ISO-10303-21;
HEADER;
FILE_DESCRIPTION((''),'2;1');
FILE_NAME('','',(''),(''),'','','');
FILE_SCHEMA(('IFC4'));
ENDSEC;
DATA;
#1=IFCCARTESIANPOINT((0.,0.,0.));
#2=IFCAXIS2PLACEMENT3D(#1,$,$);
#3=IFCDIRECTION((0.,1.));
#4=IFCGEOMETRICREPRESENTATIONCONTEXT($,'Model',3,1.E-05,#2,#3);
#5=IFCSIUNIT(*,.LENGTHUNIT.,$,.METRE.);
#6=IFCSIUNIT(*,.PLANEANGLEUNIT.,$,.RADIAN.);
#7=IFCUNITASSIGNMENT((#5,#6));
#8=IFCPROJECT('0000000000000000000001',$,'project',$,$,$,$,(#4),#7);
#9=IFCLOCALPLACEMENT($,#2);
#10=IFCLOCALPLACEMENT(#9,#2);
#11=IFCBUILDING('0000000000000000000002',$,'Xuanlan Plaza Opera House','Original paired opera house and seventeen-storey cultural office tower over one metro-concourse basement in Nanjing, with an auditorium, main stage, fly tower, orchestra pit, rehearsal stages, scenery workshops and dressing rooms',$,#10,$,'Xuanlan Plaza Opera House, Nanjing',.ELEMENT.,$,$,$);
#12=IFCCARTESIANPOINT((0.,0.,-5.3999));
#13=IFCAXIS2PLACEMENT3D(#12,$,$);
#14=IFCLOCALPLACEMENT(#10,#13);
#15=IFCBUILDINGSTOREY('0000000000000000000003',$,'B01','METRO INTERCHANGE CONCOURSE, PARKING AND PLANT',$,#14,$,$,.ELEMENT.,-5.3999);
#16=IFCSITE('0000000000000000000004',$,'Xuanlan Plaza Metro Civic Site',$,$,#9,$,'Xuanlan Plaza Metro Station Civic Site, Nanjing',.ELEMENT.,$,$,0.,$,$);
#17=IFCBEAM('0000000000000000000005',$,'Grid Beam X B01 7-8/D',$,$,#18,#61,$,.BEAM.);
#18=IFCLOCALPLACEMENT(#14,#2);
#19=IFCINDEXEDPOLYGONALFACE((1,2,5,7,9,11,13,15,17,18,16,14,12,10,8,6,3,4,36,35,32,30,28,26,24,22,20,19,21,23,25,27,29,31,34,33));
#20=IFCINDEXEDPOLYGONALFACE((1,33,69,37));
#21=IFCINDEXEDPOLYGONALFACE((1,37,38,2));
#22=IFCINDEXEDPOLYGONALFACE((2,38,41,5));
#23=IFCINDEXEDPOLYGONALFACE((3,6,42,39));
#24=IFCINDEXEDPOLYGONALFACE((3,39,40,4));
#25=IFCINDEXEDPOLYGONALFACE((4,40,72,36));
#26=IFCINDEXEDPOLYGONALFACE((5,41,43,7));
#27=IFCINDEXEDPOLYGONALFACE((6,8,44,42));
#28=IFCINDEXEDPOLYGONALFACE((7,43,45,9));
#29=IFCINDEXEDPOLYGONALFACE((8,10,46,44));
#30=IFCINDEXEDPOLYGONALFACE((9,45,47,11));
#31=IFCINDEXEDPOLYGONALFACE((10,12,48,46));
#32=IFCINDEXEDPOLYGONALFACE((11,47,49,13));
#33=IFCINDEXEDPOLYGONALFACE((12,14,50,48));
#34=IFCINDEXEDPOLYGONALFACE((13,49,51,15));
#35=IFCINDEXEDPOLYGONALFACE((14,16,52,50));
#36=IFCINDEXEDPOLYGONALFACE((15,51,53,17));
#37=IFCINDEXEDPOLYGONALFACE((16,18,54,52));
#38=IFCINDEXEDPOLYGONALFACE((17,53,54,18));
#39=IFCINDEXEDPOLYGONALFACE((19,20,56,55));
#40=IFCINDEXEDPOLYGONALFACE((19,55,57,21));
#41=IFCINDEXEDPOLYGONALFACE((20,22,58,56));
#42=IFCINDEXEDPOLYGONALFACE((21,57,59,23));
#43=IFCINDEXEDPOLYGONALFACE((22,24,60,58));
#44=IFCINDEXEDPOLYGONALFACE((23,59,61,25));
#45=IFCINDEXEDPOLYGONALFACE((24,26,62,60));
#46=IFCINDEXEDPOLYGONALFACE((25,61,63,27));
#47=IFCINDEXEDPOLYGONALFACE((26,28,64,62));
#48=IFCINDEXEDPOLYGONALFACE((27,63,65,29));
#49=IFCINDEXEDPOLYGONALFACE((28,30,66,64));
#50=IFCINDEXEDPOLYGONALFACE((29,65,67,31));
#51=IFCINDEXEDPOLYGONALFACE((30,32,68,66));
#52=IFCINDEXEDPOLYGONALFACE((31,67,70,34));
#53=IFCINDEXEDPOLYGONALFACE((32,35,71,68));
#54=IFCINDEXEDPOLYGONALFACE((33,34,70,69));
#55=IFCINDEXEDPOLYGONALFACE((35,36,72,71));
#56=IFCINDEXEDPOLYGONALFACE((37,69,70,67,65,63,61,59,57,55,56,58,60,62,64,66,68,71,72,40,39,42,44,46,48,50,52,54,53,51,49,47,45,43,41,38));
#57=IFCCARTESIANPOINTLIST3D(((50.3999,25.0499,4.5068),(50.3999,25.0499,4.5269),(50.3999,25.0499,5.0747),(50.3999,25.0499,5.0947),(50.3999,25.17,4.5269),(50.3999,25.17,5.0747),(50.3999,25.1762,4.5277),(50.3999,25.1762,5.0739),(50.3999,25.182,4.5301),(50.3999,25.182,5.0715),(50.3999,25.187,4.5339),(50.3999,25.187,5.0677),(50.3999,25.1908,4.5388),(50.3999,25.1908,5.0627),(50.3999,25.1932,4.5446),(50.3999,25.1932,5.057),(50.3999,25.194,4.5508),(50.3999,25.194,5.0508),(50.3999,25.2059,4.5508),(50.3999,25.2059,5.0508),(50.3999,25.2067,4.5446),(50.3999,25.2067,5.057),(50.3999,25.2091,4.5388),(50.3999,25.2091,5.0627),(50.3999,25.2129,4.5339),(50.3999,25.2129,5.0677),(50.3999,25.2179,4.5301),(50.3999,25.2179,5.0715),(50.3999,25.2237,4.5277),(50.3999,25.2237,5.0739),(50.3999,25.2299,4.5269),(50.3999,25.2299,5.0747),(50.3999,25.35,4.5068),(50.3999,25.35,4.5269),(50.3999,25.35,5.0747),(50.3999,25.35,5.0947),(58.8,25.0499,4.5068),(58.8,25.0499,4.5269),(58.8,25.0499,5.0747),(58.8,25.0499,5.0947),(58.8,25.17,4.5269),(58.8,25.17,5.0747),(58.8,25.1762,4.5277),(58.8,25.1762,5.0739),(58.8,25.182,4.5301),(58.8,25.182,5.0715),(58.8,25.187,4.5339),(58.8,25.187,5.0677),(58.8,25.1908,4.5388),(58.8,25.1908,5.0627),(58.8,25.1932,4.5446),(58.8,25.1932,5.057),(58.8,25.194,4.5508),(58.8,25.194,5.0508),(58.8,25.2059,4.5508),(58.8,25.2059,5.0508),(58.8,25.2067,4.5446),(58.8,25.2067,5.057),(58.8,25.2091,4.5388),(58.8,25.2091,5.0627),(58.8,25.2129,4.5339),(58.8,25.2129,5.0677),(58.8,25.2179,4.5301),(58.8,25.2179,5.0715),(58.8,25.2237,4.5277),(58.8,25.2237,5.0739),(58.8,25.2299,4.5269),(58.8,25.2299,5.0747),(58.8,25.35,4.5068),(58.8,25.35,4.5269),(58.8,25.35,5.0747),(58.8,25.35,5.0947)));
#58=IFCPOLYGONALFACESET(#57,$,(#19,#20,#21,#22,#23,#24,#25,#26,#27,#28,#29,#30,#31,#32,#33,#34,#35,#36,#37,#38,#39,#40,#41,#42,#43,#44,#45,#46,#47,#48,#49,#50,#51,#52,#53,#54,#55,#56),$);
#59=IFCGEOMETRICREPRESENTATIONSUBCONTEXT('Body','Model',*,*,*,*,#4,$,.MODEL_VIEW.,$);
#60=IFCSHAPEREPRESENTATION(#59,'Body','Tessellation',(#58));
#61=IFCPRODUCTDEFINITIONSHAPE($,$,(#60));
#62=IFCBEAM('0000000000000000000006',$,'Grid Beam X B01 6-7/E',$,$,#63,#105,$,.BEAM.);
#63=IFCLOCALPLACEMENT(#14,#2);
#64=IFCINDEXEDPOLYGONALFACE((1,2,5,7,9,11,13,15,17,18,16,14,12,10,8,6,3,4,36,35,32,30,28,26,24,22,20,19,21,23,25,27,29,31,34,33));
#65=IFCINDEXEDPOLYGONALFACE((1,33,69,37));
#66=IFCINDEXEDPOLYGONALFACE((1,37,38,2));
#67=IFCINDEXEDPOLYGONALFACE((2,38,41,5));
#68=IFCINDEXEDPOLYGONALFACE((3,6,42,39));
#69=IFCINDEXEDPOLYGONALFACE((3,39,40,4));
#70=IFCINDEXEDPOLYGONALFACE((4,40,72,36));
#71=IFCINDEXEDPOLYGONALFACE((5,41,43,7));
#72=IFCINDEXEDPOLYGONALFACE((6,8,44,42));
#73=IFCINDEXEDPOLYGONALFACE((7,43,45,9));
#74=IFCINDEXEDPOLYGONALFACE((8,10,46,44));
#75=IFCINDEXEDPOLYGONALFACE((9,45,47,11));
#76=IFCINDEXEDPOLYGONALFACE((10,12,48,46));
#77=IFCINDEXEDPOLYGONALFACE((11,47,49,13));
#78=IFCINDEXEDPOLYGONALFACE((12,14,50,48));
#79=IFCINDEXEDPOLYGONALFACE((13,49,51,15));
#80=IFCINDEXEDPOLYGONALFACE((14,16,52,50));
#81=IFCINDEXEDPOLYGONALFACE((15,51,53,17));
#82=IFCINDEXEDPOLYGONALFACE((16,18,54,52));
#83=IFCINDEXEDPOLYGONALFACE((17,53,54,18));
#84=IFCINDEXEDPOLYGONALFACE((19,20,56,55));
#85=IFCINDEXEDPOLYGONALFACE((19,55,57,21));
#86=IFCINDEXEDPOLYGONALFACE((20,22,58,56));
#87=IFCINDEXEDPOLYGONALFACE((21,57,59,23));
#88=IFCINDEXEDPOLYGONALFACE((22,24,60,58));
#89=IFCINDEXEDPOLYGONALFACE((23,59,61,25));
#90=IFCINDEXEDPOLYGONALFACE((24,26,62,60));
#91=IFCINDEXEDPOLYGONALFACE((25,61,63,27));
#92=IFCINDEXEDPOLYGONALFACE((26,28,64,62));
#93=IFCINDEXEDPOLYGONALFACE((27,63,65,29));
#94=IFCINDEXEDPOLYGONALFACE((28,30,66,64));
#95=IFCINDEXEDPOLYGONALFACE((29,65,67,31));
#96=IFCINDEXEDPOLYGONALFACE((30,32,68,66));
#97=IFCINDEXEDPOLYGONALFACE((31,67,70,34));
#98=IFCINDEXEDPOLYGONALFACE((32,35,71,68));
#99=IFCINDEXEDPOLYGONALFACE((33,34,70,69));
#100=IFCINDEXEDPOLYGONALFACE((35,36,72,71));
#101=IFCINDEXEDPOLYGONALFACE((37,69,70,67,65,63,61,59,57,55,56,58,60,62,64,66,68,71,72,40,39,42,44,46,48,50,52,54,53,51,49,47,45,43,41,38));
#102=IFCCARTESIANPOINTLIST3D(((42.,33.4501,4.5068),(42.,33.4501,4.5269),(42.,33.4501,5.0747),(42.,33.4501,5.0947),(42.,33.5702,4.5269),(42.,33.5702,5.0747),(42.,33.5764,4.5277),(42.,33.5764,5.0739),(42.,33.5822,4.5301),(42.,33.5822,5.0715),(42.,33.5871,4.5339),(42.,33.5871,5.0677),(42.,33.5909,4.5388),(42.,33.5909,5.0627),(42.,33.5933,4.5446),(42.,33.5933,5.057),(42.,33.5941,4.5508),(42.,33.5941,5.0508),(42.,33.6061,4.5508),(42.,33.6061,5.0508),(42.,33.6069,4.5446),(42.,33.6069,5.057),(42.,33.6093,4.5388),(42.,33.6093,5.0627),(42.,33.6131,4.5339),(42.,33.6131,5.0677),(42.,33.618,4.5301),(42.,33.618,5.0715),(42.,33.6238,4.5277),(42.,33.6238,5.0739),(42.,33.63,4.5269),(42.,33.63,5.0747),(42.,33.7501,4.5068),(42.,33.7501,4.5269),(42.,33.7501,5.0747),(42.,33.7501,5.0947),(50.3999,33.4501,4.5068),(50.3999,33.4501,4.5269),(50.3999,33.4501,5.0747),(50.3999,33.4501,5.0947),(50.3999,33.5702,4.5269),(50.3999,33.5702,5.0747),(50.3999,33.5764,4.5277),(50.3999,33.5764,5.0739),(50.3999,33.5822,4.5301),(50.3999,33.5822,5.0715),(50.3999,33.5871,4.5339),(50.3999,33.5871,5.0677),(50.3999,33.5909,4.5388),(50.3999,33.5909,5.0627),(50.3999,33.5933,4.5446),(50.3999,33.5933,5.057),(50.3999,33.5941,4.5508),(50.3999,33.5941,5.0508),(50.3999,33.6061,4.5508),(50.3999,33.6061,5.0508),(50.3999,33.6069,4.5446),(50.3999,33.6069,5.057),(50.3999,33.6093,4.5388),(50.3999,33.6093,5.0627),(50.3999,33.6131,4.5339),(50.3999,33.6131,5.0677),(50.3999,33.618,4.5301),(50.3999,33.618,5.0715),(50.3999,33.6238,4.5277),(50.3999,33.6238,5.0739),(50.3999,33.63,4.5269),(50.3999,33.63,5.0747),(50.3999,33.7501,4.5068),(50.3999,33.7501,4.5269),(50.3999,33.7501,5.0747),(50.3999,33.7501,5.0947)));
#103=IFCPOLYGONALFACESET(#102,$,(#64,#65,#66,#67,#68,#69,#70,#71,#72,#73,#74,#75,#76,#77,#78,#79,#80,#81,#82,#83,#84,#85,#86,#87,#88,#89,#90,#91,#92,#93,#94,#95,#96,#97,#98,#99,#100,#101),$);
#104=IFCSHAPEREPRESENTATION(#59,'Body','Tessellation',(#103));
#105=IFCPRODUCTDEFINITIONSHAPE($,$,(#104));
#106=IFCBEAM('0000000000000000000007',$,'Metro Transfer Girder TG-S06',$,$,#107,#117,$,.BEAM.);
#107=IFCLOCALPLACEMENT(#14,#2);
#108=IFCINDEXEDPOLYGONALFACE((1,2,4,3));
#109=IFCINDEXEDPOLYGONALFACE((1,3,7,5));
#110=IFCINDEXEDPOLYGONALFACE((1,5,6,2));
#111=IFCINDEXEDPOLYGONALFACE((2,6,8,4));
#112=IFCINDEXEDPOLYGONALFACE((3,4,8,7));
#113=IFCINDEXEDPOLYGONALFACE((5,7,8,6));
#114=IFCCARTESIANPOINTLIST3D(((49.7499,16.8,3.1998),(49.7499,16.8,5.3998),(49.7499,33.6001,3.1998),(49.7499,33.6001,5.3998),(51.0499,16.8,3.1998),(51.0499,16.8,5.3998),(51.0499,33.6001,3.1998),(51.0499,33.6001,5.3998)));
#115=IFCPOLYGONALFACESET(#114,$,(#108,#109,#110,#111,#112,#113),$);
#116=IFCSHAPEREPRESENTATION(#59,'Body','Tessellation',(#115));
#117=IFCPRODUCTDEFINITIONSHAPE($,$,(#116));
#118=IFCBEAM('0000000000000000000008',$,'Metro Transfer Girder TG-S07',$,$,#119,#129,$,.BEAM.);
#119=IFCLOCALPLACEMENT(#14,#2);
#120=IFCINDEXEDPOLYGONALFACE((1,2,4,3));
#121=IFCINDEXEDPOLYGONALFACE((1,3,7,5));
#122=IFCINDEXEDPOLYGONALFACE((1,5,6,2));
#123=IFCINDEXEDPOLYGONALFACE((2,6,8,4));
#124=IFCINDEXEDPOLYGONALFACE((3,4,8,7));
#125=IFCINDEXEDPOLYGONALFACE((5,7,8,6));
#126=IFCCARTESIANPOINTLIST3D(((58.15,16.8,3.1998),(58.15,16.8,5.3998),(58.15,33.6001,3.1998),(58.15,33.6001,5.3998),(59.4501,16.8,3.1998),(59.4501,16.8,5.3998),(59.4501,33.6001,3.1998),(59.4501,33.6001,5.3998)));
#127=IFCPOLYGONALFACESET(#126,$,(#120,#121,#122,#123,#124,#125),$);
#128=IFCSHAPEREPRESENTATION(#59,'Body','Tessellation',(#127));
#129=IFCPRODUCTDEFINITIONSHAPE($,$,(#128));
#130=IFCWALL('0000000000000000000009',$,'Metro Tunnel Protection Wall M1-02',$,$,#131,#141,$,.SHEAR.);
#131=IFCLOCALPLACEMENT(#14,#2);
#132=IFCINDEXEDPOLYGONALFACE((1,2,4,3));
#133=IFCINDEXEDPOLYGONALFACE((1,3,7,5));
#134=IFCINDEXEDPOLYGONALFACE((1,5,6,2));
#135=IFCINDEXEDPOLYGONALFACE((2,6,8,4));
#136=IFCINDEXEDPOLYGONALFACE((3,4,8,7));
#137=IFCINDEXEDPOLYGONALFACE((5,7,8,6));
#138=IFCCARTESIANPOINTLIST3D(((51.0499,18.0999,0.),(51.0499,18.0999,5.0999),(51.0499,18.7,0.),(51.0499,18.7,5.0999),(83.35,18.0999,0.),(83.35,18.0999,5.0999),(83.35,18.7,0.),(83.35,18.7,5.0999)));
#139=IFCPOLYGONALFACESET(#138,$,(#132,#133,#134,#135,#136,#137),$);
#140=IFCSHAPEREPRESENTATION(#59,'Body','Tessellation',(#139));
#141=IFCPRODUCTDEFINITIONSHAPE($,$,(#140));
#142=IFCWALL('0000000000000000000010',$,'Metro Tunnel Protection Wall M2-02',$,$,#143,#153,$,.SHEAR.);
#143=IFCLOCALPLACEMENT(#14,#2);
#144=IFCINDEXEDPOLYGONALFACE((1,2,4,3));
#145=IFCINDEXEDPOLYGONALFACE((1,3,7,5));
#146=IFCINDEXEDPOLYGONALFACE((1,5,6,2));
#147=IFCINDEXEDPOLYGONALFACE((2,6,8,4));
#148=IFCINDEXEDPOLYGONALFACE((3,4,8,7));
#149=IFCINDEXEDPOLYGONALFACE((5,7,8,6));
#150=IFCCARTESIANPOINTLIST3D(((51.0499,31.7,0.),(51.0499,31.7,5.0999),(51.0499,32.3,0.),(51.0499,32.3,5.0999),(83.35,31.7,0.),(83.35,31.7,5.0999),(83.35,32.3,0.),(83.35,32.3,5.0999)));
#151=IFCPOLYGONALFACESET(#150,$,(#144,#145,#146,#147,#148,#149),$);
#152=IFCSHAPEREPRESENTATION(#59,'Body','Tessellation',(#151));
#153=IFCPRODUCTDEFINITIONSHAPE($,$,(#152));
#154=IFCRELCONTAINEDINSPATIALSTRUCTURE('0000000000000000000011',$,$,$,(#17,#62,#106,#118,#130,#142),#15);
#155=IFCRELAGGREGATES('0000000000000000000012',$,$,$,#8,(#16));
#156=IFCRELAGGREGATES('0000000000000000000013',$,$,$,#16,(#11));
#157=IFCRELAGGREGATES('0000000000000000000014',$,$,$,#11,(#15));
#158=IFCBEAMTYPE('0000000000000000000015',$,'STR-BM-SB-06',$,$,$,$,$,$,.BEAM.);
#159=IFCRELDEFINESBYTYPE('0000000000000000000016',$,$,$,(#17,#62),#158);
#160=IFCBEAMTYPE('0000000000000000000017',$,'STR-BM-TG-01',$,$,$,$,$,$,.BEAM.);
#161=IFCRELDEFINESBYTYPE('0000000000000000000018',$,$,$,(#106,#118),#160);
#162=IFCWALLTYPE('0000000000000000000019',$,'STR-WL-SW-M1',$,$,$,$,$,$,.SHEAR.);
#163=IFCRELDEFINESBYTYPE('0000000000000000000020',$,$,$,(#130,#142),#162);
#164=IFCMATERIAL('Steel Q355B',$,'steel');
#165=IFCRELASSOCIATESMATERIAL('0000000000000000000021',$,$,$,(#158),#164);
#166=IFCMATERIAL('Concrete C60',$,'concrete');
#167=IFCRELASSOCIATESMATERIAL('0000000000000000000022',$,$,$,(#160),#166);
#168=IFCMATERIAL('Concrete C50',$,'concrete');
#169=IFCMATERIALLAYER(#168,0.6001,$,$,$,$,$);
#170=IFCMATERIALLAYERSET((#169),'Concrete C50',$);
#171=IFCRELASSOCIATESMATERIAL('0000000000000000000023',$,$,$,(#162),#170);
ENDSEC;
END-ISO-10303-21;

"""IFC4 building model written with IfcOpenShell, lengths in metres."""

from ifc_helpers import new_model, si_unit, direction, frame, frame_2d, origin, origin_2d, place, context, subcontext, project, spatial, rectangle, i_section, extrude, material, layer, layer_set, material_profile, profile_set, type_object, element, save


model = new_model("IFC4")

# Units and contexts
model_context = context("Model", 3, precision=1e-05, world=origin(), true_north=direction((0.0, 1.0)))
body_context = subcontext(model_context, "Body", "Model", "MODEL_VIEW")
ifc_project = project(units=[si_unit("LENGTHUNIT", "METRE"), si_unit("PLANEANGLEUNIT", "RADIAN")], contexts=[model_context])

# Site, building, storey
site_placement = place(None, origin())
site = spatial("IfcSite", under=ifc_project, at=site_placement, Name="Xuanlan Plaza Metro Civic Site", LongName="Xuanlan Plaza Metro Station Civic Site, Nanjing", CompositionType="ELEMENT", RefElevation=0.0)
building_placement = place(site_placement, origin())
building = spatial("IfcBuilding", under=site, at=building_placement, Name="Xuanlan Plaza Opera House", Description="Original paired opera house and seventeen-storey cultural office tower over one metro-concourse basement in Nanjing, with an auditorium, main stage, fly tower, orchestra pit, rehearsal stages, scenery workshops and dressing rooms", LongName="Xuanlan Plaza Opera House, Nanjing", CompositionType="ELEMENT")
storey_placement = place(building_placement, frame((0.0, 0.0, -5.3999)))
storey = spatial("IfcBuildingStorey", under=building, at=storey_placement, Name="B01", Description="METRO INTERCHANGE CONCOURSE, PARKING AND PLANT", CompositionType="ELEMENT", Elevation=-5.3999)

# Shared definitions
ifc_material_1 = material(Name="Concrete C50", Category="concrete")

# Shared definitions
ifc_material_2 = material(Name="Concrete C60", Category="concrete")

# Beams
ifc_material_3 = material(Name="Steel Q355B", Category="steel")
ifc_material_profile_1 = material_profile(ifc_material_3, i_section(OverallWidth=0.3, OverallDepth=0.5879, WebThickness=0.012, FlangeThickness=0.02, FilletRadius=0.0239, at=origin_2d()), Name="HM 588x300x12x20")
ifc_profile_set_1 = profile_set([ifc_material_profile_1], Name="Steel Q355B")
beam_type_1 = type_object("IfcBeamType", Name="STR-BM-SB-06", PredefinedType="BEAM", material=ifc_profile_set_1)
beam_1_placement = place(storey_placement, frame((50.3999, 25.2, 4.8008), z_axis=(1.0, 0.0, 0.0), x_axis=(0.0, 1.0, 0.0)))
element("IfcBeam", 1, at=beam_1_placement, inside=storey, type_object=beam_type_1, Name="Grid Beam X B01 7-8/D", PredefinedType="BEAM", context=body_context, shape_type="SweptSolid", body=[
    extrude(i_section(OverallWidth=0.3, OverallDepth=0.5879, WebThickness=0.012, FlangeThickness=0.02, FilletRadius=0.0239, at=origin_2d()), origin(), (0.0, 0.0, 1.0), 8.4001),
])
beam_2_placement = place(storey_placement, frame((42.0, 33.6001, 4.8008), z_axis=(1.0, 0.0, 0.0), x_axis=(0.0, 1.0, 0.0)))
element("IfcBeam", 2, at=beam_2_placement, inside=storey, type_object=beam_type_1, Name="Grid Beam X B01 6-7/E", PredefinedType="BEAM", context=body_context, shape_type="SweptSolid", body=[
    extrude(i_section(OverallWidth=0.3, OverallDepth=0.5879, WebThickness=0.012, FlangeThickness=0.02, FilletRadius=0.0239, at=origin_2d()), origin(), (0.0, 0.0, 1.0), 8.3999),
])
ifc_material_profile_2 = material_profile(ifc_material_2, rectangle(XDim=1.3, YDim=2.2, at=origin_2d()), Name="RC-TG 1300x2200")
ifc_profile_set_2 = profile_set([ifc_material_profile_2], Name="Concrete C60")
beam_type_2 = type_object("IfcBeamType", Name="STR-BM-TG-01", PredefinedType="BEAM", material=ifc_profile_set_2)
for number, where, z_axis, x_axis, name in (
    (3, (50.3999, 16.8, 4.2998), (0.0, 1.0, 0.0), (-1.0, 0.0, 0.0), "Metro Transfer Girder TG-S06"),
    (4, (58.8, 16.8, 4.2998), (0.0, 1.0, 0.0), (-1.0, 0.0, 0.0), "Metro Transfer Girder TG-S07"),
):
    element("IfcBeam", number, at=place(storey_placement, frame(where, z_axis=z_axis, x_axis=x_axis)), inside=storey, type_object=beam_type_2, Name=name, PredefinedType="BEAM", context=body_context, shape_type="SweptSolid", body=[
        extrude(rectangle(XDim=1.3, YDim=2.2, at=origin_2d()), origin(), (0.0, 0.0, 1.0), 16.8),
    ])

# Walls
ifc_layer = layer(ifc_material_1, 0.6001)
ifc_layer_set = layer_set([ifc_layer], Name="Concrete C50")
wall_type = type_object("IfcWallType", Name="STR-WL-SW-M1", PredefinedType="SHEAR", material=ifc_layer_set)
for number, where, z_axis, x_axis, name in (
    (5, (51.05, 18.3999, 0.0), (0.0, 0.0, 1.0), (1.0, 0.0, 0.0), "Metro Tunnel Protection Wall M1-02"),
    (6, (51.05, 32.0, 0.0), (0.0, 0.0, 1.0), (1.0, 0.0, 0.0), "Metro Tunnel Protection Wall M2-02"),
):
    element("IfcWall", number, at=place(storey_placement, frame(where, z_axis=z_axis, x_axis=x_axis)), inside=storey, type_object=wall_type, Name=name, PredefinedType="SHEAR", context=body_context, shape_type="SweptSolid", body=[
        extrude(rectangle(XDim=32.3, YDim=0.6001, at=frame_2d((16.1499, 0.0))), origin(), (0.0, 0.0, 1.0), 5.0999),
    ])

save(model, "model.ifc")
